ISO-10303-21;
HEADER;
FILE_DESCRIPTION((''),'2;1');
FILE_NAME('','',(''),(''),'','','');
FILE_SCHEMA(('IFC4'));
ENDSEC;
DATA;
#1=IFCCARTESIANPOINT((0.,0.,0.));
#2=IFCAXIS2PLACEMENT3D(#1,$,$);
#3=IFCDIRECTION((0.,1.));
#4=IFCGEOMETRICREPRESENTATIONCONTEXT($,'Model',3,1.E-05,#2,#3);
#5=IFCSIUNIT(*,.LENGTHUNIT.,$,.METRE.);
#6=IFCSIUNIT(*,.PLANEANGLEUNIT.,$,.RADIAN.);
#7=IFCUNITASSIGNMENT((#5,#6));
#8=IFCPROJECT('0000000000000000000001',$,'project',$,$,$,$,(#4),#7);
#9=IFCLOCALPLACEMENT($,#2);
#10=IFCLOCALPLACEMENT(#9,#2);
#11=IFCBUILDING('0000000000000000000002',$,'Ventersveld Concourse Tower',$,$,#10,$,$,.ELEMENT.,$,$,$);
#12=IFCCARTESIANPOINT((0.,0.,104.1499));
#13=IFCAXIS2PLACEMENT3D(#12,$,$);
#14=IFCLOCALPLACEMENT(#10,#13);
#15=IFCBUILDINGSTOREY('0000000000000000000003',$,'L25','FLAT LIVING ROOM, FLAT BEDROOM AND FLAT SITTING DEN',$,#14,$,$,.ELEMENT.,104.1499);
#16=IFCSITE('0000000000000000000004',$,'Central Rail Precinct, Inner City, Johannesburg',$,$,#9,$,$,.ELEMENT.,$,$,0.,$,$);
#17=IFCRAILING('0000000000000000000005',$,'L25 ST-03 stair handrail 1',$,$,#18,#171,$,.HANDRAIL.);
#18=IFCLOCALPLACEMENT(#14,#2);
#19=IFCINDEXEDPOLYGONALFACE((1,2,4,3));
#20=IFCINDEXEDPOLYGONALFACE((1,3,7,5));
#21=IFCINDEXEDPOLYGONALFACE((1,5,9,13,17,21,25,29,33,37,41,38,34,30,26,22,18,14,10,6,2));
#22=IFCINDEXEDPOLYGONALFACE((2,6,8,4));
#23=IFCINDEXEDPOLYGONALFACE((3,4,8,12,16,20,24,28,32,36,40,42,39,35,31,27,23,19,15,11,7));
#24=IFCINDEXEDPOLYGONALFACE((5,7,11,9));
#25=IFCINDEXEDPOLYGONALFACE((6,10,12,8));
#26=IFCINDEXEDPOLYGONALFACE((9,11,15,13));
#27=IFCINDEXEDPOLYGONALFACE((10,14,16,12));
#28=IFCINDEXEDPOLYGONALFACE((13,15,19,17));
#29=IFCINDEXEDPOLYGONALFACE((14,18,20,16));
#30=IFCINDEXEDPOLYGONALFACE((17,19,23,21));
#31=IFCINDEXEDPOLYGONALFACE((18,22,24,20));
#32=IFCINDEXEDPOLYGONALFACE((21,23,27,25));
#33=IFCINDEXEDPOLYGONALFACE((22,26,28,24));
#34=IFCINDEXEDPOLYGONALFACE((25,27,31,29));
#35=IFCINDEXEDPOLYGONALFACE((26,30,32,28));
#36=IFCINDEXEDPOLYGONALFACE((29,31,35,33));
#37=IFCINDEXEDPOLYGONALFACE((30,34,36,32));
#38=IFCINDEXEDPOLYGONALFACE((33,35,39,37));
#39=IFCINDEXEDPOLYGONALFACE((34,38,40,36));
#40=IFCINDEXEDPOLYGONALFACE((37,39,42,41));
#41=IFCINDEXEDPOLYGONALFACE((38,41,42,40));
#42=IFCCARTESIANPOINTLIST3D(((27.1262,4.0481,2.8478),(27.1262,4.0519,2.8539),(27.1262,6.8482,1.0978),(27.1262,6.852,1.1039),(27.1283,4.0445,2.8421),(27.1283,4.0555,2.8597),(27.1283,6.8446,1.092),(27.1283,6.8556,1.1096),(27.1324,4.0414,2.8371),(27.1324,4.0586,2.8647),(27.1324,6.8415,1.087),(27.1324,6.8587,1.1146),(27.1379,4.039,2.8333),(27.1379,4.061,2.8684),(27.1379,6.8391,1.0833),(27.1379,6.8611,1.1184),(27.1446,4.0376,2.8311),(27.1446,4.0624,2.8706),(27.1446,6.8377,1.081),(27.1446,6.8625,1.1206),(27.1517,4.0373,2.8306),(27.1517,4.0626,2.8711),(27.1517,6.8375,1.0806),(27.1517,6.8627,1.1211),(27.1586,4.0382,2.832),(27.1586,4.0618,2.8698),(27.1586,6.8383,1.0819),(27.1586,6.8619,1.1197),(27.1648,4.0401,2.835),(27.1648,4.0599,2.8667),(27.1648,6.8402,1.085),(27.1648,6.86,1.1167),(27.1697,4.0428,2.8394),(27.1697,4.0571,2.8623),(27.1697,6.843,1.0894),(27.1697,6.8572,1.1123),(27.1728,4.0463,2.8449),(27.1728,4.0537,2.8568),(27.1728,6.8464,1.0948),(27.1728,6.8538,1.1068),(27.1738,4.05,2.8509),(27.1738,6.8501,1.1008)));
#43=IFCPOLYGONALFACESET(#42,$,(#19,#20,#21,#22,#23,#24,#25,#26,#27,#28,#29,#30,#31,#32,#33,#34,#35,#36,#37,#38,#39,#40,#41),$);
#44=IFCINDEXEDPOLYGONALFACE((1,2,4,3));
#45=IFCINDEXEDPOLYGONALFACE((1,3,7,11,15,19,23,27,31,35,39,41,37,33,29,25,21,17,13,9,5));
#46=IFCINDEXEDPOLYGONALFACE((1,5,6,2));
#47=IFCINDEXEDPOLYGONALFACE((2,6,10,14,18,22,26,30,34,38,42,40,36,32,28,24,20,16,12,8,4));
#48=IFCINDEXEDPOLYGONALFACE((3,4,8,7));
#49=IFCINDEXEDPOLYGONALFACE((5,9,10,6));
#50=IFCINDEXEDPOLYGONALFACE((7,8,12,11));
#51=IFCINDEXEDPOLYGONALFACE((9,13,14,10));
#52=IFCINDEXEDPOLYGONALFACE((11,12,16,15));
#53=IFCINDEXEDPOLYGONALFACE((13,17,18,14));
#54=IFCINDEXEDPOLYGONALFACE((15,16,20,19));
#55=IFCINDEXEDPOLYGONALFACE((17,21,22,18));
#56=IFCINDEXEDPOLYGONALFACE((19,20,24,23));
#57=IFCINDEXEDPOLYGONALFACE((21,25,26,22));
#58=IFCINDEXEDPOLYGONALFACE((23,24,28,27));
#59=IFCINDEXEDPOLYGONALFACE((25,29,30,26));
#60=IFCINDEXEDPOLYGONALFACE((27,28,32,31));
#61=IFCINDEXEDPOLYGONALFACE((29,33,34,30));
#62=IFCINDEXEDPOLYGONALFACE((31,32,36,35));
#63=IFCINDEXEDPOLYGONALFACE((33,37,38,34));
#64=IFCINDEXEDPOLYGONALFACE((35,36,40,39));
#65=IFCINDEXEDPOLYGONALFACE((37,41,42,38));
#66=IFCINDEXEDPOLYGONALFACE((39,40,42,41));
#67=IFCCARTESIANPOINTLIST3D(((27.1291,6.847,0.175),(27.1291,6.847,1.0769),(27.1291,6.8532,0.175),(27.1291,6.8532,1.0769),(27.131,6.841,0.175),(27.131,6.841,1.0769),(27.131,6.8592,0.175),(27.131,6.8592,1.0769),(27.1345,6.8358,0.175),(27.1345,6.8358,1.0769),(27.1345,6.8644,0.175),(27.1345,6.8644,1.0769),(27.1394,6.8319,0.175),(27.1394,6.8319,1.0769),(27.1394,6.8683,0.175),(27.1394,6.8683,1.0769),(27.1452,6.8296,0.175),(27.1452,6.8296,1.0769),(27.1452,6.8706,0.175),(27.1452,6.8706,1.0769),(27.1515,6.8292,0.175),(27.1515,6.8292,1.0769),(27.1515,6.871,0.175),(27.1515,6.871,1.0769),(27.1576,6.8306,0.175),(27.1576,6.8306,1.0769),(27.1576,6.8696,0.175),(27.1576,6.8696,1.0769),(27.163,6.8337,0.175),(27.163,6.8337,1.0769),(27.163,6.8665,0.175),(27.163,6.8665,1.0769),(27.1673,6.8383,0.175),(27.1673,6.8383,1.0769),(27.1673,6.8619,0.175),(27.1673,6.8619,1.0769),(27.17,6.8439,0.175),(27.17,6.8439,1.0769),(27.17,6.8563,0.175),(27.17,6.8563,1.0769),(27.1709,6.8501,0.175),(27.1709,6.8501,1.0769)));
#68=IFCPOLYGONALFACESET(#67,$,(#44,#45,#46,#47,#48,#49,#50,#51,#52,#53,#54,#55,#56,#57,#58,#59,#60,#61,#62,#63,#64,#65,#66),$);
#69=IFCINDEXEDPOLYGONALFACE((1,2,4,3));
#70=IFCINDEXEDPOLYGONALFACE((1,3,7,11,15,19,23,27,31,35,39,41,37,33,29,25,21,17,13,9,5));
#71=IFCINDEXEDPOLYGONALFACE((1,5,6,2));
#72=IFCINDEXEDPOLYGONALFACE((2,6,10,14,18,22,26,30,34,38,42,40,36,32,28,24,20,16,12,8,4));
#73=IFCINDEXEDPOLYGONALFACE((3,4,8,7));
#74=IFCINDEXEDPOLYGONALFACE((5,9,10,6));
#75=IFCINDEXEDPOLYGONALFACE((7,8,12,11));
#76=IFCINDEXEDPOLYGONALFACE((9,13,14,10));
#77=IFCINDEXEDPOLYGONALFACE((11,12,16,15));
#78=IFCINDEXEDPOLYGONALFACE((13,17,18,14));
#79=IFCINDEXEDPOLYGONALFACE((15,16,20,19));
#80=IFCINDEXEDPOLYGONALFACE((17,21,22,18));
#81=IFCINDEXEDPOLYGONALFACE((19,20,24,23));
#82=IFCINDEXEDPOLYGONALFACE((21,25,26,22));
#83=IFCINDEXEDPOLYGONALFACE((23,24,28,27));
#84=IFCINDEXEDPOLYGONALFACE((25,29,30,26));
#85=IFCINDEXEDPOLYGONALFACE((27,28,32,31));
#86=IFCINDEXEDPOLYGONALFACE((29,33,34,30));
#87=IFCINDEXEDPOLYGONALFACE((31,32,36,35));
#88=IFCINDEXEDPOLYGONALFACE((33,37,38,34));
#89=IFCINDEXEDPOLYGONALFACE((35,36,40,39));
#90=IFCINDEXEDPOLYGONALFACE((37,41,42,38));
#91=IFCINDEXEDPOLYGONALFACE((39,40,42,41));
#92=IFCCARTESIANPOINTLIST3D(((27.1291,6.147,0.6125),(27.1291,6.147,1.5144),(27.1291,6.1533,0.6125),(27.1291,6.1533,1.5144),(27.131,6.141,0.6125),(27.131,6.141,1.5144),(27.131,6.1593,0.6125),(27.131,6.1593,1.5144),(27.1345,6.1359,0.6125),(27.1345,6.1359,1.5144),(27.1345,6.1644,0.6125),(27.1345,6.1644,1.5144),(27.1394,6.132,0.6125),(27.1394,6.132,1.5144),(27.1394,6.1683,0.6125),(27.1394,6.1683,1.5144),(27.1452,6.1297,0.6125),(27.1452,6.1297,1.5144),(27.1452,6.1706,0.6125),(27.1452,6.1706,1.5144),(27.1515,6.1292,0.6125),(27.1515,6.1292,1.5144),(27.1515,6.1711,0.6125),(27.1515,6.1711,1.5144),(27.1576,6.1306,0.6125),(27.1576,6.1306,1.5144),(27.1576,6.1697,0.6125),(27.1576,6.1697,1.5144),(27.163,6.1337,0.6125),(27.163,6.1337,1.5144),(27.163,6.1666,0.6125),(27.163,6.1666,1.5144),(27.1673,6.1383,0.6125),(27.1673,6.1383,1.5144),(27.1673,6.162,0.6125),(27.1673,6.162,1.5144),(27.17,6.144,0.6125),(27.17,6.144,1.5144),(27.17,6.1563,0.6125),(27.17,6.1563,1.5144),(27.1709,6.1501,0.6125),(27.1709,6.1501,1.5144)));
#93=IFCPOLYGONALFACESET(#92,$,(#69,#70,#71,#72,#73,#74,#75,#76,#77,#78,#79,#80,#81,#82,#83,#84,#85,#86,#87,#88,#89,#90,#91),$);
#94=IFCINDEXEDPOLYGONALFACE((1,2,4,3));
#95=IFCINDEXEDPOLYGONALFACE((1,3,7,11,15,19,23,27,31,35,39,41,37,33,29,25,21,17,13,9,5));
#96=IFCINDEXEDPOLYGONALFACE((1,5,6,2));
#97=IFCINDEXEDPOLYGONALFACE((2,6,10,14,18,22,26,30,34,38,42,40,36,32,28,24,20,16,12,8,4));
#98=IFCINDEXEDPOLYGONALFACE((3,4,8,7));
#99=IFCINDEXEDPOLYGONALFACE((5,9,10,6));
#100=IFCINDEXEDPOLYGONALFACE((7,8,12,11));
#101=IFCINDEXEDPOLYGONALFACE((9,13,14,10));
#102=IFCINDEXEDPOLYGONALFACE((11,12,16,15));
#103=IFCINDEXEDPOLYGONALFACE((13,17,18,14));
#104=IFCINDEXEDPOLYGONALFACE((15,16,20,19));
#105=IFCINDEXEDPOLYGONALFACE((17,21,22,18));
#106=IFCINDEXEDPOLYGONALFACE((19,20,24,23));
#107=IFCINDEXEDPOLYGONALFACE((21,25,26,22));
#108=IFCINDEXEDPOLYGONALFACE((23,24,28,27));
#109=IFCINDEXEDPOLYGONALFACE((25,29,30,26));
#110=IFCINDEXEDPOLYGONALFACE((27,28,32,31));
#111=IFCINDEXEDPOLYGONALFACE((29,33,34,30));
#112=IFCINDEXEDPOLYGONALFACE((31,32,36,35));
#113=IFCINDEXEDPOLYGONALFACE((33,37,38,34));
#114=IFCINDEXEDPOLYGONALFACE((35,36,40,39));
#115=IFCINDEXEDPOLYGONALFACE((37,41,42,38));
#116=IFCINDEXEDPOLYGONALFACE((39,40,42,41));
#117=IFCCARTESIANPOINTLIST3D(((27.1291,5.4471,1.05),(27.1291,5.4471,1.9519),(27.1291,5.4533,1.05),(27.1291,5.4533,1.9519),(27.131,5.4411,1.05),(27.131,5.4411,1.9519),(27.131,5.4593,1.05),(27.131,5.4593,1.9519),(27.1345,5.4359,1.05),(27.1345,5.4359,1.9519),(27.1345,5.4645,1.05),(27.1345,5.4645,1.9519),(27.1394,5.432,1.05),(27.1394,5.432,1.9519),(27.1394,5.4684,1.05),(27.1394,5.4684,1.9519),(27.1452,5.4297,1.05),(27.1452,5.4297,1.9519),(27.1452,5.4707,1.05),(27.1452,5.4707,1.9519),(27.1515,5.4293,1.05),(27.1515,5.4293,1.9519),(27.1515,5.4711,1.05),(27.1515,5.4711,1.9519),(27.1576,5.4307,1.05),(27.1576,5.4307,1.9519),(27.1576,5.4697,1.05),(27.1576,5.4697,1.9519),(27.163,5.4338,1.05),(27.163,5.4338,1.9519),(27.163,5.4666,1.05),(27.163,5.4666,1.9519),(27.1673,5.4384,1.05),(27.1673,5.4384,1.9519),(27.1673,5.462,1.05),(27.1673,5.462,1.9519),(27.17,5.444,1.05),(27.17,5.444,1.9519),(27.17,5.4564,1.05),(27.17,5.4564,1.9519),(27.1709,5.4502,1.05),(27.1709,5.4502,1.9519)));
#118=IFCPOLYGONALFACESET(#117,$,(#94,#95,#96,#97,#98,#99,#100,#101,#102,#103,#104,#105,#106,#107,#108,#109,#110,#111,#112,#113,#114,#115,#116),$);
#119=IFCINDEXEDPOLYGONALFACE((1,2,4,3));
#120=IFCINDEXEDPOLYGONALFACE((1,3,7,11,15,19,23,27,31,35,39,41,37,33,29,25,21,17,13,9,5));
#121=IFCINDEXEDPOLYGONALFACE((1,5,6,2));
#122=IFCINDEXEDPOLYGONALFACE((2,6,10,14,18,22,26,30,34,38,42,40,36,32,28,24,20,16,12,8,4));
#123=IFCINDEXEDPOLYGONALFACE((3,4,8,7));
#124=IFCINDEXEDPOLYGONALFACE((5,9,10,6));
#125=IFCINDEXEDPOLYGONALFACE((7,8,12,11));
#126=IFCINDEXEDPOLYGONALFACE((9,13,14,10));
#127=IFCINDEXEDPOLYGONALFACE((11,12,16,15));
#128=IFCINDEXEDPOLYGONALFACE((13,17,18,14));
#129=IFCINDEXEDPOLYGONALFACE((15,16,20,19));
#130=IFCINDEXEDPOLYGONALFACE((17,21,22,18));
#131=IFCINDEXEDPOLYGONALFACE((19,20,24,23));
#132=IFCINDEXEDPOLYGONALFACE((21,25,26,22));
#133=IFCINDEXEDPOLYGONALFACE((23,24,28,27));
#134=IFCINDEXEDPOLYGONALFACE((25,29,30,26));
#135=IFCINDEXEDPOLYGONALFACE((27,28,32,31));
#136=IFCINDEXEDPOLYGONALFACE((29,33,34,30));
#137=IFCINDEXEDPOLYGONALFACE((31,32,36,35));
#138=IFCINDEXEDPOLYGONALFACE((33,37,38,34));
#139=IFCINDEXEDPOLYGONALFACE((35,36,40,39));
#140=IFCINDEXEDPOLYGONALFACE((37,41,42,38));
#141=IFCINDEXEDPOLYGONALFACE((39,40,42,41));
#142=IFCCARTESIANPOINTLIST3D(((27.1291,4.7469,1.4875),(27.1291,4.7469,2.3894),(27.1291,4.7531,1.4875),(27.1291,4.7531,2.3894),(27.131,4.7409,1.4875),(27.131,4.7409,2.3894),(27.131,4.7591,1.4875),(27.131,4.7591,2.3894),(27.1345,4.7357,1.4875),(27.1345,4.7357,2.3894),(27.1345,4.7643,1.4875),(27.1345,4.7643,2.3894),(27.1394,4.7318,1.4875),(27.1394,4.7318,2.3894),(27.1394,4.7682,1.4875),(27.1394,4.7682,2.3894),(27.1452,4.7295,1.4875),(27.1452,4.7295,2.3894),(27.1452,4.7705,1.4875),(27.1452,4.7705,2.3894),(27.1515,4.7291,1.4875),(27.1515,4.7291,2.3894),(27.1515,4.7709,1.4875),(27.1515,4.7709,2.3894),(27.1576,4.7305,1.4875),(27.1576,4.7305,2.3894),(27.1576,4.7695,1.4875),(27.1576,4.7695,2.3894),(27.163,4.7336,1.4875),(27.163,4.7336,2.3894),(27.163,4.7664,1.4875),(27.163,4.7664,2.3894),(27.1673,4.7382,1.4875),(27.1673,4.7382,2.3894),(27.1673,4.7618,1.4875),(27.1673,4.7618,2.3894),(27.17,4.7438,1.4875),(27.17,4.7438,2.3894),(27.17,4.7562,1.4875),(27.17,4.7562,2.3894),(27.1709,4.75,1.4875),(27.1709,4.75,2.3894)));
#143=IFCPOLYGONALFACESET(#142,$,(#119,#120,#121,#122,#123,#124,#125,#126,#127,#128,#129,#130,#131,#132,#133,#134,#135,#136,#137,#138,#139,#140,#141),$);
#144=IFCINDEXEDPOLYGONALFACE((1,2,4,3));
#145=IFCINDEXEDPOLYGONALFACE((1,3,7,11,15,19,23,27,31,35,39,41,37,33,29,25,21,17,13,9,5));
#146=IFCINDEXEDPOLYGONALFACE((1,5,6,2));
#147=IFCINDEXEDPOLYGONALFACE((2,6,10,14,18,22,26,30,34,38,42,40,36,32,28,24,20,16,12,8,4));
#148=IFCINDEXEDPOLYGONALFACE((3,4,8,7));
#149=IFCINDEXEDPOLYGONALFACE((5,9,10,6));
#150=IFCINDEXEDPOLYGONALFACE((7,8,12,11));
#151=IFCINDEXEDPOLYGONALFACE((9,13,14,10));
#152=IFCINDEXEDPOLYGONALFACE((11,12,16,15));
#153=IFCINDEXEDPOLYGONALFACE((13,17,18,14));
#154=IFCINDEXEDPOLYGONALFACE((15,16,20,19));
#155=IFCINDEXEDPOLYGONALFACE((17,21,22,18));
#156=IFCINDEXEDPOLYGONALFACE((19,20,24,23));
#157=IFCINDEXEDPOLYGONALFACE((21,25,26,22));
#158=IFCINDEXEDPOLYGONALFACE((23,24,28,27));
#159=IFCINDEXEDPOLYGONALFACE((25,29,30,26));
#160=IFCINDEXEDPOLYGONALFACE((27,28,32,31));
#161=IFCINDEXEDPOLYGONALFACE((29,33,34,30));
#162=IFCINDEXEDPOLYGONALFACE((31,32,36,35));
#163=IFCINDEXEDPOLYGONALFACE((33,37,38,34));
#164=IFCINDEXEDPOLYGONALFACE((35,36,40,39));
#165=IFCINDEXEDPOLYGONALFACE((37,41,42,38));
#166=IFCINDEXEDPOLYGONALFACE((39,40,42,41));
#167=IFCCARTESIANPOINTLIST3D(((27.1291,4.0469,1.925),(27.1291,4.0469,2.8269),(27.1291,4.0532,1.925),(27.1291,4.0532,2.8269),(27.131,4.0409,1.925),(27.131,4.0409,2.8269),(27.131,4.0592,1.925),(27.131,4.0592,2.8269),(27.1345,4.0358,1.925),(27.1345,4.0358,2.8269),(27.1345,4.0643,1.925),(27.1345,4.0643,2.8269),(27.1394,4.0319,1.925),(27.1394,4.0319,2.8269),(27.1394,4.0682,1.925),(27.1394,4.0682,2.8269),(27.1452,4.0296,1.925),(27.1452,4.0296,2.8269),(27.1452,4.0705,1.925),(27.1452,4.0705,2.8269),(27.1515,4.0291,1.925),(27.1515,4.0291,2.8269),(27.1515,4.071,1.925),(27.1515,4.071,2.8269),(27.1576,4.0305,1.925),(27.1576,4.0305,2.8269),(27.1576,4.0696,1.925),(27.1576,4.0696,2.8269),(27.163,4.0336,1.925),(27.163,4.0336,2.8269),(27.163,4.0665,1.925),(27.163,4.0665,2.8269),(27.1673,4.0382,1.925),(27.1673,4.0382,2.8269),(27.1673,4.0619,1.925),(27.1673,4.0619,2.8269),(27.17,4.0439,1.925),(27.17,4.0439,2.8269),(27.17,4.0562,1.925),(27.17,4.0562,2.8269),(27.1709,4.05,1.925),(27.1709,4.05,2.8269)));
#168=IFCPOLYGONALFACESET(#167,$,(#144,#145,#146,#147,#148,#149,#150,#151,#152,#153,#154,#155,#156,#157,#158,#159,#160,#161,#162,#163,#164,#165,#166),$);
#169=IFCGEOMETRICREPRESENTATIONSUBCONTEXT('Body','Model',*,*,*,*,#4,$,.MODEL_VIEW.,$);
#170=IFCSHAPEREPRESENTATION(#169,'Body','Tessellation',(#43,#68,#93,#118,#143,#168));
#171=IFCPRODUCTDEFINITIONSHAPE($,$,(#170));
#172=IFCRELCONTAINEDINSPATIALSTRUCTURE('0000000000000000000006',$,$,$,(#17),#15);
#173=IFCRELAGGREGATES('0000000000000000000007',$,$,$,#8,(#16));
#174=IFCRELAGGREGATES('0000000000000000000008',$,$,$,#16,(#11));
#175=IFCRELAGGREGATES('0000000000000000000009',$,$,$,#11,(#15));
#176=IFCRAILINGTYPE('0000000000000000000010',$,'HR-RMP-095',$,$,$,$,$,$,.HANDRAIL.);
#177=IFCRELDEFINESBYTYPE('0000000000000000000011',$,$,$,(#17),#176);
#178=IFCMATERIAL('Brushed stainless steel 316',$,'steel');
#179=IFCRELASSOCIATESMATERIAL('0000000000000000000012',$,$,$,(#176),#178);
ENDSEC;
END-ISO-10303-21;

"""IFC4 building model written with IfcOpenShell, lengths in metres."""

from ifc_helpers import new_model, si_unit, direction, frame, origin, origin_2d, place, context, subcontext, project, spatial, circle, extrude, material, type_object, element, save


model = new_model("IFC4")

# Units and contexts
model_context = context("Model", 3, precision=1e-05, world=origin(), true_north=direction((0.0, 1.0)))
body_context = subcontext(model_context, "Body", "Model", "MODEL_VIEW")
ifc_project = project(units=[si_unit("LENGTHUNIT", "METRE"), si_unit("PLANEANGLEUNIT", "RADIAN")], contexts=[model_context])

# Site, building, storey
site_placement = place(None, origin())
site = spatial("IfcSite", under=ifc_project, at=site_placement, Name="Central Rail Precinct, Inner City, Johannesburg", CompositionType="ELEMENT", RefElevation=0.0)
building_placement = place(site_placement, origin())
building = spatial("IfcBuilding", under=site, at=building_placement, Name="Ventersveld Concourse Tower", CompositionType="ELEMENT")
storey_placement = place(building_placement, frame((0.0, 0.0, 104.1499)))
storey = spatial("IfcBuildingStorey", under=building, at=storey_placement, Name="L25", Description="FLAT LIVING ROOM, FLAT BEDROOM AND FLAT SITTING DEN", CompositionType="ELEMENT", Elevation=104.1499)

# Shared definitions
ifc_material_1 = material(Name="Brushed stainless steel 316", Category="steel")

# Railing
railing_type_1 = type_object("IfcRailingType", Name="HR-RMP-095", PredefinedType="HANDRAIL", material=ifc_material_1)
railing_1_placement = place(storey_placement, frame((27.1499, 6.8501, 0.175)))
element("IfcRailing", 1, at=railing_1_placement, inside=storey, type_object=railing_type_1, Name="L25 ST-03 stair handrail 1", PredefinedType="HANDRAIL", context=body_context, shape_type="SweptSolid", body=[
    extrude(circle(Radius=0.0239, at=origin_2d()), frame((0.0, 0.0, 0.9258), z_axis=(0.0, -0.848002, 0.529992), x_axis=(1.0, 0.0, 0.0)), (0.0, 0.0, 1.0), 3.302),
    extrude(circle(Radius=0.021, at=origin_2d()), origin(), (0.0, 0.0, 1.0), 0.9019),
    extrude(circle(Radius=0.021, at=origin_2d()), frame((0.0, -0.7, 0.4375)), (0.0, 0.0, 1.0), 0.9019),
    extrude(circle(Radius=0.021, at=origin_2d()), frame((0.0, -1.3999, 0.875)), (0.0, 0.0, 1.0), 0.9019),
    extrude(circle(Radius=0.021, at=origin_2d()), frame((0.0, -2.1001, 1.3125)), (0.0, 0.0, 1.0), 0.9019),
    extrude(circle(Radius=0.021, at=origin_2d()), frame((0.0, -2.8, 1.75)), (0.0, 0.0, 1.0), 0.9019),
])

save(model, "model.ifc")
